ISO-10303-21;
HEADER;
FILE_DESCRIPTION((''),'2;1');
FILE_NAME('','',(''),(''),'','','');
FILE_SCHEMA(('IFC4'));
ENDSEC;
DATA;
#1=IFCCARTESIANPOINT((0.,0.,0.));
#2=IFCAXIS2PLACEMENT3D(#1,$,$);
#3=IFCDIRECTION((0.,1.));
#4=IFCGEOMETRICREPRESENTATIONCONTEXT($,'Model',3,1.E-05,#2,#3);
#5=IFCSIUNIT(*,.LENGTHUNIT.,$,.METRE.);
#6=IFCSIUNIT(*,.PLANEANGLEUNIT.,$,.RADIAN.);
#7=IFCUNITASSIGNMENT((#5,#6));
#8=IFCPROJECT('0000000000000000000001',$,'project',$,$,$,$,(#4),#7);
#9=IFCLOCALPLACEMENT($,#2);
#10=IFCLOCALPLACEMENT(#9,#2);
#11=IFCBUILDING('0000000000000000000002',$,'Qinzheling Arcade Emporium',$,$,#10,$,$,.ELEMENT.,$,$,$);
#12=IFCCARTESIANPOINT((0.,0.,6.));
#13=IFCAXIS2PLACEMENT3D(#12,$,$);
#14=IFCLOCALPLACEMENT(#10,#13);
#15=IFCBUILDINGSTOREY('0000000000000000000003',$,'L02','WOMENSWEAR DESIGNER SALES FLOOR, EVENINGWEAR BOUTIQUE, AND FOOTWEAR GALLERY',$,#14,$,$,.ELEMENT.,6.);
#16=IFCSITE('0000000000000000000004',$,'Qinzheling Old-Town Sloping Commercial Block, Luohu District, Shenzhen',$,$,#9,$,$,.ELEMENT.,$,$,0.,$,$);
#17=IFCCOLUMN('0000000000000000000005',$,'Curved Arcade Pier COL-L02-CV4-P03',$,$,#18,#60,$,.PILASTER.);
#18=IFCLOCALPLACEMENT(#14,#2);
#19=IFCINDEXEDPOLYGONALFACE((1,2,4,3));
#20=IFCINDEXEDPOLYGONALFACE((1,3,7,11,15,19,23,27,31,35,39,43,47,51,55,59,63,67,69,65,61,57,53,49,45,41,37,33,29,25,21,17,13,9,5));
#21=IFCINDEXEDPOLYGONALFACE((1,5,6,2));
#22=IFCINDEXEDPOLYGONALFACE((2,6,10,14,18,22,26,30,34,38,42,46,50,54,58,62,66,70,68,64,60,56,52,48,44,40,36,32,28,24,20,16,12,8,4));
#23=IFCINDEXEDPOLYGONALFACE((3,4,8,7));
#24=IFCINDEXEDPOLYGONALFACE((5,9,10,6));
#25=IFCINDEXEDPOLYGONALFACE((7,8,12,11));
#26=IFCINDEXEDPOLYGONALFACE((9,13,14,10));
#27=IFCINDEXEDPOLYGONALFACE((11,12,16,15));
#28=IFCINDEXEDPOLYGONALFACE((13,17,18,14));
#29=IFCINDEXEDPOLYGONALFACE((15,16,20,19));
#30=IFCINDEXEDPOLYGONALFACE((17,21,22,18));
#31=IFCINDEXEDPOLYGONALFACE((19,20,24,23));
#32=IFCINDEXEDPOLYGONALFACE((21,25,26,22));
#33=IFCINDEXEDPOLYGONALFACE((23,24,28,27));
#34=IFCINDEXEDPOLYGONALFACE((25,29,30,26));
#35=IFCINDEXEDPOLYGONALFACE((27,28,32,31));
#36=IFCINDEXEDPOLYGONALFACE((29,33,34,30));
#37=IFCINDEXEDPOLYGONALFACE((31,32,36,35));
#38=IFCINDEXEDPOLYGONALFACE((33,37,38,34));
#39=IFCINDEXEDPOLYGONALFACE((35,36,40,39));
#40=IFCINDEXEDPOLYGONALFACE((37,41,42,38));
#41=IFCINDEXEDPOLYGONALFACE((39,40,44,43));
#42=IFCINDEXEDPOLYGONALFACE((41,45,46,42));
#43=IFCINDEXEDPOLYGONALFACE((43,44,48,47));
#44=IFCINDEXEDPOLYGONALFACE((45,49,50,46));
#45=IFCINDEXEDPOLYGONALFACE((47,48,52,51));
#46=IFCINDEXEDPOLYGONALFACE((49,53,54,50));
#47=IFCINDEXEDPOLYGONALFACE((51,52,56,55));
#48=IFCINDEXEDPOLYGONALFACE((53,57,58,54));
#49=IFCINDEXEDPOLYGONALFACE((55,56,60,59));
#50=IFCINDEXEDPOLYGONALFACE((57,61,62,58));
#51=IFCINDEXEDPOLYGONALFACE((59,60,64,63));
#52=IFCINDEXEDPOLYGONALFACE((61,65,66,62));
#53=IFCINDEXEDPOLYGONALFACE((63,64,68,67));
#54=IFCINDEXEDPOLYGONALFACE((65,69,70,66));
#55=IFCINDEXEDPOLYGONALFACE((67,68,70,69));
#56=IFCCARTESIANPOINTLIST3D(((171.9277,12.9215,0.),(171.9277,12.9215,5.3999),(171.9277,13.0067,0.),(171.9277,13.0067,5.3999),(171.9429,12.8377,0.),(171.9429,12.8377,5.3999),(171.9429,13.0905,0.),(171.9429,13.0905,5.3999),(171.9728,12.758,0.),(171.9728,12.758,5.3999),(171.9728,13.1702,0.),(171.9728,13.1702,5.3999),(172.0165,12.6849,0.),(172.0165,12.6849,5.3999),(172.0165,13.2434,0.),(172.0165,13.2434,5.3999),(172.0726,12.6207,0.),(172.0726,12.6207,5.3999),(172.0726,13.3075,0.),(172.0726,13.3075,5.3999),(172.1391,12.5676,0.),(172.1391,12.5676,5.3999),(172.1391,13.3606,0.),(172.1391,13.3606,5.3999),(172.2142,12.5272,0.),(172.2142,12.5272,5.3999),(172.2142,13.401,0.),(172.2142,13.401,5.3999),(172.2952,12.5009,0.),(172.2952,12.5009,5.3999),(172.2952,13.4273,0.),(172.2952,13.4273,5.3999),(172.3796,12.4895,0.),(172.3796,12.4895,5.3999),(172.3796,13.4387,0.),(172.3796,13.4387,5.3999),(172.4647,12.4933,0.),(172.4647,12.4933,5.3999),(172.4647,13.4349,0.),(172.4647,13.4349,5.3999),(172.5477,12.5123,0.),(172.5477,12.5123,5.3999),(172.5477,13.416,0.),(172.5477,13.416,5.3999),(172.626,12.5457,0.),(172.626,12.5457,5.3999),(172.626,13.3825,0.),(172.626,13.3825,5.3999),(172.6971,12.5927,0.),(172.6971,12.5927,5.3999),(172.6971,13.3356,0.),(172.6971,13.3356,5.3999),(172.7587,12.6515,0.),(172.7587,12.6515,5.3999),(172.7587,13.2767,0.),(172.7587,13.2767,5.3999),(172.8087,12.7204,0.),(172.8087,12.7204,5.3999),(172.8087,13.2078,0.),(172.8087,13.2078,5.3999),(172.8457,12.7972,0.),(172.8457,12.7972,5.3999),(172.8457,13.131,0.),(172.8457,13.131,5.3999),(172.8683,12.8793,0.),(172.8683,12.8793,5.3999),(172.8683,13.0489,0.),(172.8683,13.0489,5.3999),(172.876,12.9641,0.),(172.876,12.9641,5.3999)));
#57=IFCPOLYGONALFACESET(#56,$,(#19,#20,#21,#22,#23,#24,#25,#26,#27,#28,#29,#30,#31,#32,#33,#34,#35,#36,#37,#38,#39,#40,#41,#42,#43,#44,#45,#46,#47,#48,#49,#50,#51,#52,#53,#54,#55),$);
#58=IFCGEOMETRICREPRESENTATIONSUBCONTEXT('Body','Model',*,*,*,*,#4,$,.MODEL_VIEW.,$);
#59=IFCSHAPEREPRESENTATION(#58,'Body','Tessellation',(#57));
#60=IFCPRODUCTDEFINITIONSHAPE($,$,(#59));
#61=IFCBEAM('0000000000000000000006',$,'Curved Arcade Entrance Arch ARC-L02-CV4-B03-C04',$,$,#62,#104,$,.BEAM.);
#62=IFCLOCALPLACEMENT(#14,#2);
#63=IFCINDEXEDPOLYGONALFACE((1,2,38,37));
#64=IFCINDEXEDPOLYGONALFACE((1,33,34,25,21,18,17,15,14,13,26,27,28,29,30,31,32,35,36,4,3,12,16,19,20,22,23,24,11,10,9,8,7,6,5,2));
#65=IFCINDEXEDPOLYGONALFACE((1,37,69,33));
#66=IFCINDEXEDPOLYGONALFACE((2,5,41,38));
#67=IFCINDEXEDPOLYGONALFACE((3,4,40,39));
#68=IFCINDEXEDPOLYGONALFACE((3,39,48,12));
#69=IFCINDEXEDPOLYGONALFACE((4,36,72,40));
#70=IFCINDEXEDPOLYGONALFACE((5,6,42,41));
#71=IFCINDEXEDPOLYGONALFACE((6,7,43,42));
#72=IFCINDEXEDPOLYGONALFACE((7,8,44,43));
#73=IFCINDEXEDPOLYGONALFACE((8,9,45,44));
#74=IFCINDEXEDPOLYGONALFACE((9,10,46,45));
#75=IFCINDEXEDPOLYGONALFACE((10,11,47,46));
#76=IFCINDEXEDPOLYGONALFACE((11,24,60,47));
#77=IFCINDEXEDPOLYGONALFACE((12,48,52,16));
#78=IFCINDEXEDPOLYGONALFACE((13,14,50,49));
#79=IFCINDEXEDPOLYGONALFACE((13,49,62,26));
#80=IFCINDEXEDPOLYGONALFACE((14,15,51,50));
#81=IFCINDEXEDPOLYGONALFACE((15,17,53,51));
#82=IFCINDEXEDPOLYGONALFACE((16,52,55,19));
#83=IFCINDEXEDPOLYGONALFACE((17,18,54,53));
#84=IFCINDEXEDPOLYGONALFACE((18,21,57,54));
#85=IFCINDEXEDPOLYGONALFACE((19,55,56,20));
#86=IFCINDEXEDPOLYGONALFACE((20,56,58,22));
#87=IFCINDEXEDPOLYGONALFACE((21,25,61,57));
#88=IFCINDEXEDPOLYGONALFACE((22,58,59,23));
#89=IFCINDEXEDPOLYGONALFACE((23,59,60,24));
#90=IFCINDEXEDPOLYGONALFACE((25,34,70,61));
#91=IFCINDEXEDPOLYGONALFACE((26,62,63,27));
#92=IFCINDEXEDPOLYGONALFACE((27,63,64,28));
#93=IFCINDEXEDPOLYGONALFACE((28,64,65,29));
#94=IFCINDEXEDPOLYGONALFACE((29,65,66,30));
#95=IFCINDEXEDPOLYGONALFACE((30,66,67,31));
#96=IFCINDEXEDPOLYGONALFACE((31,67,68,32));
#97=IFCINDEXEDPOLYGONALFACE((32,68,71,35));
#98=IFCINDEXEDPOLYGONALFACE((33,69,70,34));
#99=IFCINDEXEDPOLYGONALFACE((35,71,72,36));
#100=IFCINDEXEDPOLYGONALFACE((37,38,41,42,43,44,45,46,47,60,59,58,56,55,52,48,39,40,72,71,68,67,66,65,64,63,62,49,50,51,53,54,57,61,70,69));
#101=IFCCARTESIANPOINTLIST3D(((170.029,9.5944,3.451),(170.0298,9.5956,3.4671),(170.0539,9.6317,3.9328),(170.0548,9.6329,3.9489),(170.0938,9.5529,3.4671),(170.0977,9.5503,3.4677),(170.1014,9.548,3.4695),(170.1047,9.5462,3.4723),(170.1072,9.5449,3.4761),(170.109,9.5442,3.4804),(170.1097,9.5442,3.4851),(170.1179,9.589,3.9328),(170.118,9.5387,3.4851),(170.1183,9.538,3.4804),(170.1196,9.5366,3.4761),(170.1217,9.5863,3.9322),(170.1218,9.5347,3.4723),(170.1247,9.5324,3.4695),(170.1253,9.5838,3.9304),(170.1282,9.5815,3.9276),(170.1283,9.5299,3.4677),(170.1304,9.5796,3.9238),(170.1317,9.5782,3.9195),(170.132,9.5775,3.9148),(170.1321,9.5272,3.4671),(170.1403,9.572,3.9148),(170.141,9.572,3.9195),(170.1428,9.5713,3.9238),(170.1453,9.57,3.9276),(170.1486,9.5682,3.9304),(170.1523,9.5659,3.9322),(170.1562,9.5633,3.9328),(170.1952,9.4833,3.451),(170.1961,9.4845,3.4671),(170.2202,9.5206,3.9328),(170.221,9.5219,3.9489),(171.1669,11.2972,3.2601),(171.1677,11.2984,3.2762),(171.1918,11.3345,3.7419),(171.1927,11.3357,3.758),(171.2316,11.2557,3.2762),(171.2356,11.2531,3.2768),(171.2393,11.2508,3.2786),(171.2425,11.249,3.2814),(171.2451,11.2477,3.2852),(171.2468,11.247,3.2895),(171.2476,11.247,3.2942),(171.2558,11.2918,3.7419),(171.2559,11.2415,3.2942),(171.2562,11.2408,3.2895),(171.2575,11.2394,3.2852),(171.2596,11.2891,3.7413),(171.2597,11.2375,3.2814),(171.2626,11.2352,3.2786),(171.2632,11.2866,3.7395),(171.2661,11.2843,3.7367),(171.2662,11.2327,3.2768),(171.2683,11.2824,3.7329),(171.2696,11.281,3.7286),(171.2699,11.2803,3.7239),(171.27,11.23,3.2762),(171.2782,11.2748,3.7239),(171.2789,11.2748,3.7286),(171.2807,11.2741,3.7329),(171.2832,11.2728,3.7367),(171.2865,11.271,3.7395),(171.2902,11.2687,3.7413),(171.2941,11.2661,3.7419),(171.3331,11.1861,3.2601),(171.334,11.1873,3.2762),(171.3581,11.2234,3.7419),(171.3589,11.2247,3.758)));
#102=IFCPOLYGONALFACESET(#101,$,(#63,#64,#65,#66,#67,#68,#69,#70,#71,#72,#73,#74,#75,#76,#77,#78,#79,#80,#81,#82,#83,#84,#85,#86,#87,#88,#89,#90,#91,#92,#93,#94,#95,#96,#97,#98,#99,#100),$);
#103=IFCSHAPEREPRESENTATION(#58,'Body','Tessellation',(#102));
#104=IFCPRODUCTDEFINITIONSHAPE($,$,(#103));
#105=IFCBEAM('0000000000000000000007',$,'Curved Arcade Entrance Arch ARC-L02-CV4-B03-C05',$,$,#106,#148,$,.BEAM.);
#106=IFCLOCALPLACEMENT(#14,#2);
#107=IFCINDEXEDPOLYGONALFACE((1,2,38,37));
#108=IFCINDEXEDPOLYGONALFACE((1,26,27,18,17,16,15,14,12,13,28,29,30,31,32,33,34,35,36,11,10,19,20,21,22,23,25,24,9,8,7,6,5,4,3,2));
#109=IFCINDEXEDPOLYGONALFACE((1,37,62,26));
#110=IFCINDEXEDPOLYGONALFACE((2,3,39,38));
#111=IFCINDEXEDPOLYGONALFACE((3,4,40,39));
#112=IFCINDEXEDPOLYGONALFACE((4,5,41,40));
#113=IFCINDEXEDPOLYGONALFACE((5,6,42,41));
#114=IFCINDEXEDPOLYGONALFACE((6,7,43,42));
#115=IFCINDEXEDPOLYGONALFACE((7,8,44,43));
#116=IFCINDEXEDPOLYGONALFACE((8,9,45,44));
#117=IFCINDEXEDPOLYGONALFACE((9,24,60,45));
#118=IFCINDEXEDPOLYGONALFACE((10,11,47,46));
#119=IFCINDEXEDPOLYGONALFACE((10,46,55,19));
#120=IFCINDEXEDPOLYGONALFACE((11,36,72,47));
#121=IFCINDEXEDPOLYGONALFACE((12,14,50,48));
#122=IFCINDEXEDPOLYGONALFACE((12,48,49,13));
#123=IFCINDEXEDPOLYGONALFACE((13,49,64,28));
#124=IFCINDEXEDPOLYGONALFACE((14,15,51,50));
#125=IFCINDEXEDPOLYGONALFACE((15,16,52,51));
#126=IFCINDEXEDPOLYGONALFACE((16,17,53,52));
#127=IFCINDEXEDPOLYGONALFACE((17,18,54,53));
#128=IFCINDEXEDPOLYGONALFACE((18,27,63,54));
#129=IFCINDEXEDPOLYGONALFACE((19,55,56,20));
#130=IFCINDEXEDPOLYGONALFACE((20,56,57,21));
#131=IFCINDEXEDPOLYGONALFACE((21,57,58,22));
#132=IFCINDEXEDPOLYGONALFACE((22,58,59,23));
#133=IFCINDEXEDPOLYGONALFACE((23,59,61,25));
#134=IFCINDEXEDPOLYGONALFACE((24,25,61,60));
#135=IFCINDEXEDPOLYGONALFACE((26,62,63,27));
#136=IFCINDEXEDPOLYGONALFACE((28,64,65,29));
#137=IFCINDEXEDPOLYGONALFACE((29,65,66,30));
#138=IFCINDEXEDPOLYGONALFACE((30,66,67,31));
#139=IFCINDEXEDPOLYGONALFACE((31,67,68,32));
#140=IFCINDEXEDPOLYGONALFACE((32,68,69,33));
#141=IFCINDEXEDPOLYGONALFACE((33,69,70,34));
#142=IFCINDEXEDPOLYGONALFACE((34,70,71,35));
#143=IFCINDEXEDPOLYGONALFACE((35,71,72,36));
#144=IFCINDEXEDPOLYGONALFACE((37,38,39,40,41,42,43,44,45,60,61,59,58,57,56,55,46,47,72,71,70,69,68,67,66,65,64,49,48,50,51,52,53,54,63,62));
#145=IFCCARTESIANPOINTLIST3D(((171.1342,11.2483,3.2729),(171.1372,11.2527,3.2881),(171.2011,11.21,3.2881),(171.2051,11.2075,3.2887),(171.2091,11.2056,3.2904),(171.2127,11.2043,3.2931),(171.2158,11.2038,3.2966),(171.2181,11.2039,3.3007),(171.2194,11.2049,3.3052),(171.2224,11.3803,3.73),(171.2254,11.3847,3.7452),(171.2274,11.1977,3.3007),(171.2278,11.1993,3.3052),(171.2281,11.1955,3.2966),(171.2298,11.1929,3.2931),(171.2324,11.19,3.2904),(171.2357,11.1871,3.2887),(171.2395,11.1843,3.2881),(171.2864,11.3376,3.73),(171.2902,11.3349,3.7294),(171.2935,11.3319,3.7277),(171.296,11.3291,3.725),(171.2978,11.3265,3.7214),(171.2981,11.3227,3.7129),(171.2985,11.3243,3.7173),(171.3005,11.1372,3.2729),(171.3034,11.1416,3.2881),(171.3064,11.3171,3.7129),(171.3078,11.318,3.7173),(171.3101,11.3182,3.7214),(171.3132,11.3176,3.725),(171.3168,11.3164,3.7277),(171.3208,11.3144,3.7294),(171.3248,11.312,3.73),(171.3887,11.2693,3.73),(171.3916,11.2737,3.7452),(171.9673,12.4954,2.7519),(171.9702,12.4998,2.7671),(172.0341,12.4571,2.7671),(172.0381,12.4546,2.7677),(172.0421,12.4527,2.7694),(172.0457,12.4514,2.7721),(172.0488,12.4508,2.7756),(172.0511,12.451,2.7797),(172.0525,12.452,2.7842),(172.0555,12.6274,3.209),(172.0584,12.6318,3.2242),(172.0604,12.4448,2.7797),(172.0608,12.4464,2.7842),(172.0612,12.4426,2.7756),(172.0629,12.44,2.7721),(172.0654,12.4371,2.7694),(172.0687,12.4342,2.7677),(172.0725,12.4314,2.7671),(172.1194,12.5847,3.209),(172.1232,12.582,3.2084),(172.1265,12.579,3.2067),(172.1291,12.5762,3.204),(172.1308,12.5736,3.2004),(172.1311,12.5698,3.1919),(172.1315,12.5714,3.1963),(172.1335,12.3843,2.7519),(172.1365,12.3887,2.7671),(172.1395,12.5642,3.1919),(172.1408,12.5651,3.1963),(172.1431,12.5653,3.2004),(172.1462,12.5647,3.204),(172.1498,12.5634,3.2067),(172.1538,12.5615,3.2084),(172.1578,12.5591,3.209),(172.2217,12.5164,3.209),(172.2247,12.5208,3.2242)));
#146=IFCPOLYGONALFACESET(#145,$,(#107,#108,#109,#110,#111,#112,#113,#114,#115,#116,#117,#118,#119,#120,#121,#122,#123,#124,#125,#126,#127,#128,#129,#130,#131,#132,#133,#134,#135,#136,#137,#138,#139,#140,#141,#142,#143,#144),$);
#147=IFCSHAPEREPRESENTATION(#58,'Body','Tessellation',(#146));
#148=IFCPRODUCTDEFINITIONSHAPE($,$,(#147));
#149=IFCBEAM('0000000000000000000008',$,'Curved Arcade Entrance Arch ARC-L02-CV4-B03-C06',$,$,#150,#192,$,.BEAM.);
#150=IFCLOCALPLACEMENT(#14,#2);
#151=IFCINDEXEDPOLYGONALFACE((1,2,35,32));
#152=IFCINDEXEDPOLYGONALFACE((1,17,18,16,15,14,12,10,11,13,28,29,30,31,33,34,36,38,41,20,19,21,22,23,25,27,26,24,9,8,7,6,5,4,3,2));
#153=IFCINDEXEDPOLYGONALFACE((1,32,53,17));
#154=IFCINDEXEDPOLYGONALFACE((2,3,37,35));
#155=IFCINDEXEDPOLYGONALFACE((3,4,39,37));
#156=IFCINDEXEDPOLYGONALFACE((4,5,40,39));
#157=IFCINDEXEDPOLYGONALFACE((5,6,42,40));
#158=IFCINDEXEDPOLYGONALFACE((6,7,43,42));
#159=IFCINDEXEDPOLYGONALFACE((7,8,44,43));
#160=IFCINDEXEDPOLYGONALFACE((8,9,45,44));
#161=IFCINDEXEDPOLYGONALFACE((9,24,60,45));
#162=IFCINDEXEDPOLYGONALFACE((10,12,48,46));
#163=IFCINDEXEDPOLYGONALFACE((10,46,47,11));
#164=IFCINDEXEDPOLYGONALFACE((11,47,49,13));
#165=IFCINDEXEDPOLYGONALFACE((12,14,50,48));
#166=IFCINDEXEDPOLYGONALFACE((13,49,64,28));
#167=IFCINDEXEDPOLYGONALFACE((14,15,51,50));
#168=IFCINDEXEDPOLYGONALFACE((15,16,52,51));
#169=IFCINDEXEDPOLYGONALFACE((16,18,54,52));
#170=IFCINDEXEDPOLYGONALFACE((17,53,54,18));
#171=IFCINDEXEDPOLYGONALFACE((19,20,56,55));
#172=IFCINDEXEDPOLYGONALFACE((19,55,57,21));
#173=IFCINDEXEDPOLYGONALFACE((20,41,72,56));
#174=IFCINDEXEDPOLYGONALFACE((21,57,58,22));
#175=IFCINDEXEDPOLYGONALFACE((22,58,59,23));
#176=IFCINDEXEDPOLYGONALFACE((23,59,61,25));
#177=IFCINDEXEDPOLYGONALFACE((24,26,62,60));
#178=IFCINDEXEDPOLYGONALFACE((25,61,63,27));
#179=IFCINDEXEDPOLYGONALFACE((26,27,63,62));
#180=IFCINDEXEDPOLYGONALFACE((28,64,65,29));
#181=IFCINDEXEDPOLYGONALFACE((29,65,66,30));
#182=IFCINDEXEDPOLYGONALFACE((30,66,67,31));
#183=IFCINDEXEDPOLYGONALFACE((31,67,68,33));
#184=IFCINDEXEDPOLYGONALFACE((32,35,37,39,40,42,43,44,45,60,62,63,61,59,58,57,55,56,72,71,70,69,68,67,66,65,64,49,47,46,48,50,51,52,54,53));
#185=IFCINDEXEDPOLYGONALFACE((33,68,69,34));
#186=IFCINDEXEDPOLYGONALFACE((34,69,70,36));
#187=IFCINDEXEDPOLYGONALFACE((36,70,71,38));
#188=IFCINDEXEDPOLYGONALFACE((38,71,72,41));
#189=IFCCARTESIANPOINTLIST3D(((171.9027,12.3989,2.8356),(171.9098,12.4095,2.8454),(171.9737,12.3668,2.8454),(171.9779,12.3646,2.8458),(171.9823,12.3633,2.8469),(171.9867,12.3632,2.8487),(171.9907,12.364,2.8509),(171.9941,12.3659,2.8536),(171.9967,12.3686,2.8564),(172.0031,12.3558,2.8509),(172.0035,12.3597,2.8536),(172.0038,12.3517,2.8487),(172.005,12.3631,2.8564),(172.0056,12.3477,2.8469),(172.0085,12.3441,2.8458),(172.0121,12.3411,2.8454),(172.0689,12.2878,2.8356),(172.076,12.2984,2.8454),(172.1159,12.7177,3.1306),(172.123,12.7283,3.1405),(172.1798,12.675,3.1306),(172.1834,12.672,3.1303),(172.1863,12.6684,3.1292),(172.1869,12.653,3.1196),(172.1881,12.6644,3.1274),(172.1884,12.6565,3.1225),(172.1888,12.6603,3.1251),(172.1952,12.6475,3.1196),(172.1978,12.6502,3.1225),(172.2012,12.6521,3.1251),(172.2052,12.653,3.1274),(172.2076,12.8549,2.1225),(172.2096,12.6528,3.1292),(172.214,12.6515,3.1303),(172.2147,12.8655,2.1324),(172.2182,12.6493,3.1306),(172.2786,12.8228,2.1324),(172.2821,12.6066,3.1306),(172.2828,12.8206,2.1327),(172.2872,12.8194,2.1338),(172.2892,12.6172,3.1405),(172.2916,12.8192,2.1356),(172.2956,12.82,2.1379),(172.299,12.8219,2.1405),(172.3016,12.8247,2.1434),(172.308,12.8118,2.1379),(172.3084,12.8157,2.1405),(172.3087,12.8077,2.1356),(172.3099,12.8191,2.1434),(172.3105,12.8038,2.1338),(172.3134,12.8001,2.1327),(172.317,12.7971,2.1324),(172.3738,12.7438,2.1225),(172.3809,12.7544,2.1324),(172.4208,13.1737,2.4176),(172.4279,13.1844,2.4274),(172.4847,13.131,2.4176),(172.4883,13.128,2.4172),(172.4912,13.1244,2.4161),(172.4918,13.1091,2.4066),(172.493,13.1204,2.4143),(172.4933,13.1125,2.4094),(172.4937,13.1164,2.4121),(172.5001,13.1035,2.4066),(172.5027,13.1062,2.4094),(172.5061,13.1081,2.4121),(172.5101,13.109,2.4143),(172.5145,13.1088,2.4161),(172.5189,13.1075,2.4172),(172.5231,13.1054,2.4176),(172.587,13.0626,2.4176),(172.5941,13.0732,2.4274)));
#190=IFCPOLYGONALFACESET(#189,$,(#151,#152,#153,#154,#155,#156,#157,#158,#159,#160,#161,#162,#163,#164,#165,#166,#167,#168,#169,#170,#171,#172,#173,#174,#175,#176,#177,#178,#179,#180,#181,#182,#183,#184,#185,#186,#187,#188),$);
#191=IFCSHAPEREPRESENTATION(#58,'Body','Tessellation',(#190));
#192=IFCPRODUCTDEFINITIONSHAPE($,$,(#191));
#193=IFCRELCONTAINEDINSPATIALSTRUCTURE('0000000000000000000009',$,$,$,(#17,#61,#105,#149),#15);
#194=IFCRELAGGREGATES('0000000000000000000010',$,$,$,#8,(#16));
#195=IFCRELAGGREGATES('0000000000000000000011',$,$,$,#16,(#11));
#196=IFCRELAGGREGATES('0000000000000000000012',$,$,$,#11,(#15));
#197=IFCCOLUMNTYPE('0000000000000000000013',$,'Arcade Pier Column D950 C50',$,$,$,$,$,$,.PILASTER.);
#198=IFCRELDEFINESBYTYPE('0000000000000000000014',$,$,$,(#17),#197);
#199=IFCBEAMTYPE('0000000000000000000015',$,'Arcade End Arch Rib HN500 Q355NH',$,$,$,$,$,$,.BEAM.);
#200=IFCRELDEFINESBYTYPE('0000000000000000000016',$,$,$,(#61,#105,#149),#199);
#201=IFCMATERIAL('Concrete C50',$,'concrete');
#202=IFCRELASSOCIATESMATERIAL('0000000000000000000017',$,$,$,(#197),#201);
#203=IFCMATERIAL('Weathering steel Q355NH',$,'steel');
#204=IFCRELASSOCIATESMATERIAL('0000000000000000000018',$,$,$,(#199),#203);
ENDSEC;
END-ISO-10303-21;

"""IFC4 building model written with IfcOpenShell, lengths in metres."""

from ifc_helpers import new_model, si_unit, direction, frame, origin, origin_2d, place, context, subcontext, project, spatial, circle, i_section, extrude, material, material_profile, profile_set, type_object, element, save


model = new_model("IFC4")

# Units and contexts
model_context = context("Model", 3, precision=1e-05, world=origin(), true_north=direction((0.0, 1.0)))
body_context = subcontext(model_context, "Body", "Model", "MODEL_VIEW")
ifc_project = project(units=[si_unit("LENGTHUNIT", "METRE"), si_unit("PLANEANGLEUNIT", "RADIAN")], contexts=[model_context])

# Site, building, storey
site_placement = place(None, origin())
site = spatial("IfcSite", under=ifc_project, at=site_placement, Name="Qinzheling Old-Town Sloping Commercial Block, Luohu District, Shenzhen", CompositionType="ELEMENT", RefElevation=0.0)
building_placement = place(site_placement, origin())
building = spatial("IfcBuilding", under=site, at=building_placement, Name="Qinzheling Arcade Emporium", CompositionType="ELEMENT")
storey_placement = place(building_placement, frame((0.0, 0.0, 6.0)))
storey = spatial("IfcBuildingStorey", under=building, at=storey_placement, Name="L02", Description="WOMENSWEAR DESIGNER SALES FLOOR, EVENINGWEAR BOUTIQUE, AND FOOTWEAR GALLERY", CompositionType="ELEMENT", Elevation=6.0)

# Column
ifc_material_1 = material(Name="Concrete C50", Category="concrete")
ifc_material_profile_1 = material_profile(ifc_material_1, circle(Radius=0.4751, at=origin_2d()), Name="RC D950", Category="concrete")
ifc_profile_set_1 = profile_set([ifc_material_profile_1], Name="Concrete C50")
column_type = type_object("IfcColumnType", Name="Arcade Pier Column D950 C50", PredefinedType="PILASTER", material=ifc_profile_set_1)
column_placement = place(storey_placement, frame((172.4009, 12.9641, 0.0), z_axis=(0.0, 0.0, 1.0), x_axis=(1.0, 0.0, 0.0)))
element("IfcColumn", 1, at=column_placement, inside=storey, type_object=column_type, Name="Curved Arcade Pier COL-L02-CV4-P03", PredefinedType="PILASTER", context=body_context, shape_type="SweptSolid", body=[
    extrude(circle(Radius=0.4751, at=origin_2d()), origin(), (0.0, 0.0, 1.0), 5.3999),
])

# Beams
ifc_material_2 = material(Name="Weathering steel Q355NH", Category="steel")
ifc_material_profile_2 = material_profile(ifc_material_2, i_section(OverallWidth=0.2, OverallDepth=0.5, WebThickness=0.01, FlangeThickness=0.0161, FilletRadius=0.0181, at=origin_2d()), Name="HN 500x200x10x16", Category="steel")
ifc_profile_set_2 = profile_set([ifc_material_profile_2], Name="Weathering steel Q355NH")
beam_type = type_object("IfcBeamType", Name="Arcade End Arch Rib HN500 Q355NH", PredefinedType="BEAM", material=ifc_profile_set_2)
beam_1_placement = place(storey_placement, frame((170.125, 9.5581, 3.7), z_axis=(0.553209, 0.827856, -0.092815), x_axis=(-0.831445, 0.555608, 0.0)))
element("IfcBeam", 2, at=beam_1_placement, inside=storey, type_object=beam_type, Name="Curved Arcade Entrance Arch ARC-L02-CV4-B03-C04", PredefinedType="BEAM", context=body_context, shape_type="SweptSolid", body=[
    extrude(i_section(OverallWidth=0.2, OverallDepth=0.5, WebThickness=0.01, FlangeThickness=0.0161, FilletRadius=0.0181, at=origin_2d()), origin(), (0.0, 0.0, 1.0), 2.0569),
])
beam_2_placement = place(storey_placement, frame((171.2629, 11.261, 3.509), z_axis=(0.524691, 0.785499, -0.328163), x_axis=(-0.831549, 0.555451, 0.0)))
element("IfcBeam", 3, at=beam_2_placement, inside=storey, type_object=beam_type, Name="Curved Arcade Entrance Arch ARC-L02-CV4-B03-C05", PredefinedType="BEAM", context=body_context, shape_type="SweptSolid", body=[
    extrude(i_section(OverallWidth=0.2, OverallDepth=0.5, WebThickness=0.01, FlangeThickness=0.0161, FilletRadius=0.0181, at=origin_2d()), origin(), (0.0, 0.0, 1.0), 1.5876),
])
beam_3_placement = place(storey_placement, frame((172.0959, 12.5081, 2.988), z_axis=(0.338911, 0.506874, -0.792602), x_axis=(-0.831296, 0.555829, 0.0)))
element("IfcBeam", 4, at=beam_3_placement, inside=storey, type_object=beam_type, Name="Curved Arcade Entrance Arch ARC-L02-CV4-B03-C06", PredefinedType="BEAM", context=body_context, shape_type="SweptSolid", body=[
    extrude(i_section(OverallWidth=0.2, OverallDepth=0.5, WebThickness=0.01, FlangeThickness=0.0161, FilletRadius=0.0181, at=origin_2d()), origin(), (0.0, 0.0, 1.0), 0.8997),
])

save(model, "model.ifc")
